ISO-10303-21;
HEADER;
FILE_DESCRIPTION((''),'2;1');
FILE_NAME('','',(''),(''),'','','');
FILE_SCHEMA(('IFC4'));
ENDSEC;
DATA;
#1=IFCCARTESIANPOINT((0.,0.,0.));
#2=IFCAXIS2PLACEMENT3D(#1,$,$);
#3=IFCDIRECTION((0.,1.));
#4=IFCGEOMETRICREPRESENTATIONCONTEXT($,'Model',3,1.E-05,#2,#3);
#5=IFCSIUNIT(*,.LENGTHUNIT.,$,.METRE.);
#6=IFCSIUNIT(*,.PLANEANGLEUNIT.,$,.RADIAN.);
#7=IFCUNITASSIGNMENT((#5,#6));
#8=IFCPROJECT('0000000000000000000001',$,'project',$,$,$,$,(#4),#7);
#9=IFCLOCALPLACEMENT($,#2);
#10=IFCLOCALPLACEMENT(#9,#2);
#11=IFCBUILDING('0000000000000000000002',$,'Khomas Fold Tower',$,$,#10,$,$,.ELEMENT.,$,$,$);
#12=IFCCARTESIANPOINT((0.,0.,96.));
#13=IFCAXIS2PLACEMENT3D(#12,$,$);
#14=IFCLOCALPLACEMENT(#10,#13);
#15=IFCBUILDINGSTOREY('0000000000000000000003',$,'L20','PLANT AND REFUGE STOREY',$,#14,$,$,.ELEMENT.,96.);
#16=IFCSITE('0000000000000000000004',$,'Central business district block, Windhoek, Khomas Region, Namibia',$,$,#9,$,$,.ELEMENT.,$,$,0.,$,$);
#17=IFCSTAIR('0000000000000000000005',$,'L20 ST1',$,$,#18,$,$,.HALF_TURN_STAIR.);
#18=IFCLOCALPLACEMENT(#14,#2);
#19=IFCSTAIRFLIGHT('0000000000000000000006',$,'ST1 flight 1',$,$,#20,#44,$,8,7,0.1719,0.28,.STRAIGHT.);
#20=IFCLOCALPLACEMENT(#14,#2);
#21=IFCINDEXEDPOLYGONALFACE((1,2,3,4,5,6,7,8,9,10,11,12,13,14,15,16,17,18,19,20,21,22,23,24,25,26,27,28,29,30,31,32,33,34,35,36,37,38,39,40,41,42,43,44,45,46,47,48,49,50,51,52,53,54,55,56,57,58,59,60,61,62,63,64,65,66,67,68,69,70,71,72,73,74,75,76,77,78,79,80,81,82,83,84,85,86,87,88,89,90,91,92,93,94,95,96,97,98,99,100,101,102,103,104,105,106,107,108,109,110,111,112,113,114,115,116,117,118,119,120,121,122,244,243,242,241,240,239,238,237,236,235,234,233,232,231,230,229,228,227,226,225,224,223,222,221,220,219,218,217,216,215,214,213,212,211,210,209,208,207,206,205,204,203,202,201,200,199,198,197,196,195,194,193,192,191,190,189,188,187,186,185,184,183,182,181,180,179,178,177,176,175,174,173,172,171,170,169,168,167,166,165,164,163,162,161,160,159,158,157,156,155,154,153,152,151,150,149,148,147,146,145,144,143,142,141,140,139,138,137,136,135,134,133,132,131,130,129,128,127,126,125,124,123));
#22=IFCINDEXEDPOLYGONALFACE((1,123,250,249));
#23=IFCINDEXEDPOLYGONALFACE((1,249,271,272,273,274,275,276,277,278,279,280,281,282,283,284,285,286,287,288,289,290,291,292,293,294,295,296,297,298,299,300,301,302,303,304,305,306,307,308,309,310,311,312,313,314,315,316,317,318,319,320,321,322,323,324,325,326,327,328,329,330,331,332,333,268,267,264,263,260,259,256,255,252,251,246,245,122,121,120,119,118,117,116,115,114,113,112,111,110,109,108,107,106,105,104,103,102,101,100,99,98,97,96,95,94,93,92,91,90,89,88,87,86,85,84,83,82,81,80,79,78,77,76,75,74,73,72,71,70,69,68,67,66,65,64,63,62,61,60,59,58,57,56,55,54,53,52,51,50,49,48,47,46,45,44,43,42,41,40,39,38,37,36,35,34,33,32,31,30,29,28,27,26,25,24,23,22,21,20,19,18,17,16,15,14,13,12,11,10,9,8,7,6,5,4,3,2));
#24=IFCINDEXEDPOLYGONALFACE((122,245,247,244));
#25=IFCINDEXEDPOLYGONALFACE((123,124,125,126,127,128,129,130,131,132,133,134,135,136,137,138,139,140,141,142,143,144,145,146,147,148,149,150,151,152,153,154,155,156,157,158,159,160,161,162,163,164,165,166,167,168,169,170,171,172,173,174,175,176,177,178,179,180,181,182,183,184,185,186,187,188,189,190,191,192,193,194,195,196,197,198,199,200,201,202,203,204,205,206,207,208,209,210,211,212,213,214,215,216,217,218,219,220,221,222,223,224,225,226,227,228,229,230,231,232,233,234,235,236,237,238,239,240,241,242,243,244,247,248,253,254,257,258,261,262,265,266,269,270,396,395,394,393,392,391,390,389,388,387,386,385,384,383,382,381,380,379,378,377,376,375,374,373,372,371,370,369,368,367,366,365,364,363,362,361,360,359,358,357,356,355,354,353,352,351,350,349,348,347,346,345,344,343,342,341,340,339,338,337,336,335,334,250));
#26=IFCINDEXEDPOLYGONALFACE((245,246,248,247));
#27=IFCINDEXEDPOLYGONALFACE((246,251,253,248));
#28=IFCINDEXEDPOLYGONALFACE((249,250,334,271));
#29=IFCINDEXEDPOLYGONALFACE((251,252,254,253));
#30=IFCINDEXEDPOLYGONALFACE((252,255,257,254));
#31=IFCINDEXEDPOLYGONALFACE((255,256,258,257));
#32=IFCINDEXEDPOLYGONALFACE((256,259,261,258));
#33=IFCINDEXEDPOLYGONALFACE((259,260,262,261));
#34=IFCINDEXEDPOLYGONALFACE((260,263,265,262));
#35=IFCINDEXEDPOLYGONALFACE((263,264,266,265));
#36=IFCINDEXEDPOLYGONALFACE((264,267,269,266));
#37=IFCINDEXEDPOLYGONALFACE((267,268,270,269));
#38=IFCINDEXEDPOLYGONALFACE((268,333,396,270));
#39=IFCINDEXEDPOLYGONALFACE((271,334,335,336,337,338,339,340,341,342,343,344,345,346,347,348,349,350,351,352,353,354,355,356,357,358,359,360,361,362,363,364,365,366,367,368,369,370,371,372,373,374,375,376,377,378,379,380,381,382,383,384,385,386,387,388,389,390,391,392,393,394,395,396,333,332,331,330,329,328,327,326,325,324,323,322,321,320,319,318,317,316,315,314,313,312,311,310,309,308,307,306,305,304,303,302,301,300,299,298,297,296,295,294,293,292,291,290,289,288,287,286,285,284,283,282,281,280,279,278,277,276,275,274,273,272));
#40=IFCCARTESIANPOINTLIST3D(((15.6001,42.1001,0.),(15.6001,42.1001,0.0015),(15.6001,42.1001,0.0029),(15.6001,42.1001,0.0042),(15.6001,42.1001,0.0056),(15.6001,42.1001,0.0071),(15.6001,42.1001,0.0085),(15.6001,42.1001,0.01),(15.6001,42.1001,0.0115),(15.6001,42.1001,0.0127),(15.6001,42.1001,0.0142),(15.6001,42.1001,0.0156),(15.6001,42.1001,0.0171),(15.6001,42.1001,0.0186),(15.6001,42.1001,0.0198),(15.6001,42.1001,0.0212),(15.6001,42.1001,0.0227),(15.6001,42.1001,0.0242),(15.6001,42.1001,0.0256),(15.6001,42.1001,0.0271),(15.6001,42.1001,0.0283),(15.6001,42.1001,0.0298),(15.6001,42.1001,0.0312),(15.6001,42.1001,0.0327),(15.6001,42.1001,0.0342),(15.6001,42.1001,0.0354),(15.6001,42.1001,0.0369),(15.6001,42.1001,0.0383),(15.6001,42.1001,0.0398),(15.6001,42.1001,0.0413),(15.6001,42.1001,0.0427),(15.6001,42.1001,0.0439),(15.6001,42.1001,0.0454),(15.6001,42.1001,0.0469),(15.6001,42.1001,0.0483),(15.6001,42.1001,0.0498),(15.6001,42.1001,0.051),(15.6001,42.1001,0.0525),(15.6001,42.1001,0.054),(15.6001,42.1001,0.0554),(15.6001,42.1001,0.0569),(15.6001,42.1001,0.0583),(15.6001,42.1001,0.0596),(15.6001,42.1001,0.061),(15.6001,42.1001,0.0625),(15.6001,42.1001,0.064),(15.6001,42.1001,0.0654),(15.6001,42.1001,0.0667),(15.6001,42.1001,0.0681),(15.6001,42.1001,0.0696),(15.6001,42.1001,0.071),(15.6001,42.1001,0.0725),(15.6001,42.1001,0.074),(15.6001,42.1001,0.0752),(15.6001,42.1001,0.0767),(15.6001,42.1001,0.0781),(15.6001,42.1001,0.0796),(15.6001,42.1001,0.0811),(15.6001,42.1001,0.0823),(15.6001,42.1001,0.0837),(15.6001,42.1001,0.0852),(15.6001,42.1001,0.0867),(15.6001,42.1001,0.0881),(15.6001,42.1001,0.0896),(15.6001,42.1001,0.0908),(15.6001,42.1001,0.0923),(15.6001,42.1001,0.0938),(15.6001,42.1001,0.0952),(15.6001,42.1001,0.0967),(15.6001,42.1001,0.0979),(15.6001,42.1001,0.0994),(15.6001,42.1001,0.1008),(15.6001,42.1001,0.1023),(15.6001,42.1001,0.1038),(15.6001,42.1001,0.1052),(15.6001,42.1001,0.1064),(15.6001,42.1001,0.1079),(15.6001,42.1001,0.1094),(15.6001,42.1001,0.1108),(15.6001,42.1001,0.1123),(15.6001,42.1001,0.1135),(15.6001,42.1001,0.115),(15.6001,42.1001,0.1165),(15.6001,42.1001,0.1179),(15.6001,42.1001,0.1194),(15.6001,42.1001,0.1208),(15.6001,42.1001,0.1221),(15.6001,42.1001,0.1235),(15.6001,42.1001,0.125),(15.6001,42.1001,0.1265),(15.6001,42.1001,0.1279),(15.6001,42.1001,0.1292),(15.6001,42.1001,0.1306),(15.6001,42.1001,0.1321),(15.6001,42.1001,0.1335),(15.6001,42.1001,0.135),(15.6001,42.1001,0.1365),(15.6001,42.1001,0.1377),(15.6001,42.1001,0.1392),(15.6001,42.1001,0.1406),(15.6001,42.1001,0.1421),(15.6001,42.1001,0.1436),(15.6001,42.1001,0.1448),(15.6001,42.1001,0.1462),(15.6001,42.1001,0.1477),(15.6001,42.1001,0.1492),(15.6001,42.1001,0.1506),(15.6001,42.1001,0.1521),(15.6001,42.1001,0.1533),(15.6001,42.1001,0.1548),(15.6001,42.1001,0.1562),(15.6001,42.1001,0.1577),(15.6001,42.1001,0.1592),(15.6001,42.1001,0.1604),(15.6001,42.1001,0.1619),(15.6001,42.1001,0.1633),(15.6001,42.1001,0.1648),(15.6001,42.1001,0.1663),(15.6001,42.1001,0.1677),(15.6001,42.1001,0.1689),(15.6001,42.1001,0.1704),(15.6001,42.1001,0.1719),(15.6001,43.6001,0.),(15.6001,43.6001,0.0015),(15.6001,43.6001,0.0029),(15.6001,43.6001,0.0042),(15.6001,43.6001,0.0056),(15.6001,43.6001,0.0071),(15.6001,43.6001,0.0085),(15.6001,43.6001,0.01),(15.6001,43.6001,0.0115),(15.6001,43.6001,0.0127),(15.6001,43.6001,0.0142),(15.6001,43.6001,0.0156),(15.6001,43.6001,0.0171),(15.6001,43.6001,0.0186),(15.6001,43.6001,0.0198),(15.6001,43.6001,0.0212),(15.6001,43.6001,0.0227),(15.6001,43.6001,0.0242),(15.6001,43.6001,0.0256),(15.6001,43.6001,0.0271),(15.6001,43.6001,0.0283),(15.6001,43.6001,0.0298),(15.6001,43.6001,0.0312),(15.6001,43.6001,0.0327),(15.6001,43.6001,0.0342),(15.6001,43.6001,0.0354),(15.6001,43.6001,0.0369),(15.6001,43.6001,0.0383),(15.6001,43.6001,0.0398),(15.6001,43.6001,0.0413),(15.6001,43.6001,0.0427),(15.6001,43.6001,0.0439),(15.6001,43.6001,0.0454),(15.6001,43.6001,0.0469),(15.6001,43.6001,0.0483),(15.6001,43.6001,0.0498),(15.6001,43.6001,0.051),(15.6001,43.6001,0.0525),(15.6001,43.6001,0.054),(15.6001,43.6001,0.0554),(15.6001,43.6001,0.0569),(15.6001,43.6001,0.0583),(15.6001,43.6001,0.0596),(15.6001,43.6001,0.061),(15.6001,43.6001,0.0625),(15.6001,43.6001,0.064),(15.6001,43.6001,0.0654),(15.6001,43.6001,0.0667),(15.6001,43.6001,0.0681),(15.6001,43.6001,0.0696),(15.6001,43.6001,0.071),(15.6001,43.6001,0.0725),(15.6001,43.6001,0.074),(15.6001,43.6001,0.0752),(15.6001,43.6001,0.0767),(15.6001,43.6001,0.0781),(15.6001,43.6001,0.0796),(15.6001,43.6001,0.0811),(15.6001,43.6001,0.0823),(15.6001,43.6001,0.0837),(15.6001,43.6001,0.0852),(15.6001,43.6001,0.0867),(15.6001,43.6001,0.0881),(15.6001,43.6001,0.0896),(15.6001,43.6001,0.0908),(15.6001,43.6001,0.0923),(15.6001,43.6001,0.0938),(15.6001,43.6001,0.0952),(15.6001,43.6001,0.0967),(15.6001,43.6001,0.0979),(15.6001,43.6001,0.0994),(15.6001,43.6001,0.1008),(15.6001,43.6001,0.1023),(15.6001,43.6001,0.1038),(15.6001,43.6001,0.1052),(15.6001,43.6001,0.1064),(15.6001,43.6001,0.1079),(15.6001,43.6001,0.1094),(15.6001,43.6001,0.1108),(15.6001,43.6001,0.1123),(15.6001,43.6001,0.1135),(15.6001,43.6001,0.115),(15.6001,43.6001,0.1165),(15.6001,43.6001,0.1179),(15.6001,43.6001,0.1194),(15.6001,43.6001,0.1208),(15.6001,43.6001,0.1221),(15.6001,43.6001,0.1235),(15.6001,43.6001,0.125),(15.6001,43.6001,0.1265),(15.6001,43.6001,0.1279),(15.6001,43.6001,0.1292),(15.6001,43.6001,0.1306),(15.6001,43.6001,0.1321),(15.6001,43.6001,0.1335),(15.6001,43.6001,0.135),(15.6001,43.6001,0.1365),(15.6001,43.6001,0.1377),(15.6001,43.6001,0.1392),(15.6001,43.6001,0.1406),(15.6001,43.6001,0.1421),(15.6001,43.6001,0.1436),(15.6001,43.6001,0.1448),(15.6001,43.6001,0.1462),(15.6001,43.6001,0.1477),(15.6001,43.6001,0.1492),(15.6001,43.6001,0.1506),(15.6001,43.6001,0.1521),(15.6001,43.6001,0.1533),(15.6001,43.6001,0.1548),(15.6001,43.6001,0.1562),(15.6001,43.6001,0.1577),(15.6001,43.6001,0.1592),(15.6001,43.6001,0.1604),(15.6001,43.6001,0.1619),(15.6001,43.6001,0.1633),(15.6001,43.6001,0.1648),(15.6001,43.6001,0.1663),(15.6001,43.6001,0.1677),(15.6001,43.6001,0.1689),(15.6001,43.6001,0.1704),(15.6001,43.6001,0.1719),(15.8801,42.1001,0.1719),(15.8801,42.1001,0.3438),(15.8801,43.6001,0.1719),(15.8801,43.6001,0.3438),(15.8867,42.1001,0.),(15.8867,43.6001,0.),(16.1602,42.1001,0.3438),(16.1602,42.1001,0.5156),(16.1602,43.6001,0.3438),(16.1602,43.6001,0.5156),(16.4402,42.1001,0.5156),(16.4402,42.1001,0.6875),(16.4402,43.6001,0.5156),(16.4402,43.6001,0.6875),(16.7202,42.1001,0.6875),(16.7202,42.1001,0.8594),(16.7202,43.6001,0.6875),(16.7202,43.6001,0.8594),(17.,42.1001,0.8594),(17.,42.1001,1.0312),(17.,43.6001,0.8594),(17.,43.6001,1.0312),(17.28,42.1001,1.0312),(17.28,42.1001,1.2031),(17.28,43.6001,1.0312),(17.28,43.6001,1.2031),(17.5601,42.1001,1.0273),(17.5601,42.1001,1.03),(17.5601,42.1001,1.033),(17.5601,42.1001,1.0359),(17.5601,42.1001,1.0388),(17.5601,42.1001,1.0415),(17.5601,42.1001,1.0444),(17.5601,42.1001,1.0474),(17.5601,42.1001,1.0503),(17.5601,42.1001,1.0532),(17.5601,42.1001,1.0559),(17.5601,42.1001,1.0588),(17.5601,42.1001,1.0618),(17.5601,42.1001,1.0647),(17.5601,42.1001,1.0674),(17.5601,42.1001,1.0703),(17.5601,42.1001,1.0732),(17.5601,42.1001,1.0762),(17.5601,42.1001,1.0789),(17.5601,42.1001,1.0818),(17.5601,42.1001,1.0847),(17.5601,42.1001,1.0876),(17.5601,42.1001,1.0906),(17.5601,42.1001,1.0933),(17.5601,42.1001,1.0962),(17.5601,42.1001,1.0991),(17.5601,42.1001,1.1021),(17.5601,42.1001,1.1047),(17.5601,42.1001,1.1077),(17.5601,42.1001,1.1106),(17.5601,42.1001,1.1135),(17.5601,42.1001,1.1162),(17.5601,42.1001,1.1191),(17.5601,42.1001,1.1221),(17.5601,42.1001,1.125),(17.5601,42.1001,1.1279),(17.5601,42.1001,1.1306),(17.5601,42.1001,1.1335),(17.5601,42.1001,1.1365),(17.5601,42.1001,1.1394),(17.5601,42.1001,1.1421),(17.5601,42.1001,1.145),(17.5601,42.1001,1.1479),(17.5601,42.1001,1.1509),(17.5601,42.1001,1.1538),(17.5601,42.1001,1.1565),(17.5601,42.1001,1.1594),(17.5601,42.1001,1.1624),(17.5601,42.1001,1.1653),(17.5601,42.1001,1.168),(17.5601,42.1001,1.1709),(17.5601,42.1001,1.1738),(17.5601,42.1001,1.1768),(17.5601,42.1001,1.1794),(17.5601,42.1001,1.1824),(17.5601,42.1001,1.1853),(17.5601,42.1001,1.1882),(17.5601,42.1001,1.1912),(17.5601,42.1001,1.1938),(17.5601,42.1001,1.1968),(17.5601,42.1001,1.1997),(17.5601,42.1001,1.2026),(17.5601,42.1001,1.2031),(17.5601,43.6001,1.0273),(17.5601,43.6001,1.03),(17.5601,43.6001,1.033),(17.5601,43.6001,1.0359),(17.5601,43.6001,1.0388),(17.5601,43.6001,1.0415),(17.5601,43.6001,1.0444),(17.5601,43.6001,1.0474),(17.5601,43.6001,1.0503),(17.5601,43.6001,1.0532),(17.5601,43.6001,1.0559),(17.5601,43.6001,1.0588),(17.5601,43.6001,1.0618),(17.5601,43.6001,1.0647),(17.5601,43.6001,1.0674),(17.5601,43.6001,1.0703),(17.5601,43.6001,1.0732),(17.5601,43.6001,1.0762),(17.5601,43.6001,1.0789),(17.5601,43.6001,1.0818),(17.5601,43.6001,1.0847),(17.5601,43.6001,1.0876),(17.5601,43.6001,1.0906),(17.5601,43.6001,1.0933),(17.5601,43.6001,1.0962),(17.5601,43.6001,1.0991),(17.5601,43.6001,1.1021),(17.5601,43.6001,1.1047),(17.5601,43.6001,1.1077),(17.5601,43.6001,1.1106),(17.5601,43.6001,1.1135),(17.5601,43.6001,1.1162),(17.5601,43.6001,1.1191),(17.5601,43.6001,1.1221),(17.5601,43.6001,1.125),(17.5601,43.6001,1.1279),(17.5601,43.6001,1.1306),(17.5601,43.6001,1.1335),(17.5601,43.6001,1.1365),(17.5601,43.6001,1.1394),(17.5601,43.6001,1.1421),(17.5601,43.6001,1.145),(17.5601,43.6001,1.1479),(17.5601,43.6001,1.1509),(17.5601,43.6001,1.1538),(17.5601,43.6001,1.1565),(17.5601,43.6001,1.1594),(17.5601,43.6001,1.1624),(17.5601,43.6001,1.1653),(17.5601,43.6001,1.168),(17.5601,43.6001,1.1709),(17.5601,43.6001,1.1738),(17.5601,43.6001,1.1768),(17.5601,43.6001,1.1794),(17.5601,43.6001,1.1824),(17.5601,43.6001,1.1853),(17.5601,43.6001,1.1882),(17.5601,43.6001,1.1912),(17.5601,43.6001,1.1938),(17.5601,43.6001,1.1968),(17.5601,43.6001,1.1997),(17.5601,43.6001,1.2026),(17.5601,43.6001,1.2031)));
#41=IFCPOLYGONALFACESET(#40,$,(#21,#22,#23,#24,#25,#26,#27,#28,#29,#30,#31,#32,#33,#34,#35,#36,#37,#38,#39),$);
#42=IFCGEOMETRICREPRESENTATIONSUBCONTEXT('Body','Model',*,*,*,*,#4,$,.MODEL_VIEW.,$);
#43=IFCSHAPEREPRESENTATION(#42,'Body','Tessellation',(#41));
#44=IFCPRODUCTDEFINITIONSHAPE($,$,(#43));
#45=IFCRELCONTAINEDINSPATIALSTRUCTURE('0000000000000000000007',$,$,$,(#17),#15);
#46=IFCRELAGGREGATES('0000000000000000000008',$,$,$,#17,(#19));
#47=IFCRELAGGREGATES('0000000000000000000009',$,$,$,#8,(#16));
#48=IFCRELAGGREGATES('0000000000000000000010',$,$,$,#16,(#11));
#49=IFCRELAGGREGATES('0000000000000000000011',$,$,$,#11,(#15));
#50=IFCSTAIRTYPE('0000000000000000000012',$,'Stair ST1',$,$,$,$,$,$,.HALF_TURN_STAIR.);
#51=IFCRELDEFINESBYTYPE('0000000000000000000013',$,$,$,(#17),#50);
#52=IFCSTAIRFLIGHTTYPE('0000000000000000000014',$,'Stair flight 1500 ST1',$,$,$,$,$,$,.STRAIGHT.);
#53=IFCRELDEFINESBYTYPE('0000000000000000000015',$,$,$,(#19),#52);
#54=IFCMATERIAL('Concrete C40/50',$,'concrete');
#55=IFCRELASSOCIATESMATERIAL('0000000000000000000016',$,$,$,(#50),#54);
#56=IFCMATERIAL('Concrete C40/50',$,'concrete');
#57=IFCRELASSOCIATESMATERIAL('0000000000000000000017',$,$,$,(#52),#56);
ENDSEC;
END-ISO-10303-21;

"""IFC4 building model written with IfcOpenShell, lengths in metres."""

from ifc_helpers import new_model, si_unit, direction, frame, origin, place, context, subcontext, project, spatial, polyline, outline, extrude, source, transform, mapped, material, type_object, element, aggregate, save


model = new_model("IFC4")

# Units and contexts
model_context = context("Model", 3, precision=1e-05, world=origin(), true_north=direction((0.0, 1.0)))
body_context = subcontext(model_context, "Body", "Model", "MODEL_VIEW")
ifc_project = project(units=[si_unit("LENGTHUNIT", "METRE"), si_unit("PLANEANGLEUNIT", "RADIAN")], contexts=[model_context])

# Site, building, storey
site_placement = place(None, origin())
site = spatial("IfcSite", under=ifc_project, at=site_placement, Name="Central business district block, Windhoek, Khomas Region, Namibia", CompositionType="ELEMENT", RefElevation=0.0)
building_placement = place(site_placement, origin())
building = spatial("IfcBuilding", under=site, at=building_placement, Name="Khomas Fold Tower", CompositionType="ELEMENT")
storey_placement = place(building_placement, frame((0.0, 0.0, 96.0)))
storey = spatial("IfcBuildingStorey", under=building, at=storey_placement, Name="L20", Description="PLANT AND REFUGE STOREY", CompositionType="ELEMENT", Elevation=96.0)

# Stair, stair flight
ifc_material_1 = material(Name="Concrete C40/50", Category="concrete")
stair_type_1 = type_object("IfcStairType", Name="Stair ST1", PredefinedType="HALF_TURN_STAIR", material=ifc_material_1)
stair_1_placement = place(storey_placement, origin())
stair_1 = element("IfcStair", 1, at=stair_1_placement, inside=storey, type_object=stair_type_1, Name="L20 ST1", PredefinedType="HALF_TURN_STAIR")
ifc_material_2 = material(Name="Concrete C40/50", Category="concrete")
stair_flight_type_1 = type_object("IfcStairFlightType", Name="Stair flight 1500 ST1", PredefinedType="STRAIGHT", material=ifc_material_2)
shared_shape_1 = source(origin(), body_context, "Body", "SweptSolid", [
    extrude(outline(polyline([(0.0, 0.0), (0.0, 0.0015), (0.0, 0.0029), (0.0, 0.0042), (0.0, 0.0056), (0.0, 0.0071), (0.0, 0.0085), (0.0, 0.01), (0.0, 0.0115), (0.0, 0.0127), (0.0, 0.0142), (0.0, 0.0156), (0.0, 0.0171), (0.0, 0.0186), (0.0, 0.0198), (0.0, 0.0212), (0.0, 0.0227), (0.0, 0.0242), (0.0, 0.0256), (0.0, 0.0271), (0.0, 0.0283), (0.0, 0.0298), (0.0, 0.0312), (0.0, 0.0327), (0.0, 0.0342), (0.0, 0.0354), (0.0, 0.0369), (0.0, 0.0383), (0.0, 0.0398), (0.0, 0.0413), (0.0, 0.0427), (0.0, 0.0439), (0.0, 0.0454), (0.0, 0.0469), (0.0, 0.0483), (0.0, 0.0498), (0.0, 0.051), (0.0, 0.0525), (0.0, 0.054), (0.0, 0.0554), (0.0, 0.0569), (0.0, 0.0583), (0.0, 0.0596), (0.0, 0.061), (0.0, 0.0625), (0.0, 0.064), (0.0, 0.0654), (0.0, 0.0667), (0.0, 0.0681), (0.0, 0.0696), (0.0, 0.071), (0.0, 0.0725), (0.0, 0.074), (0.0, 0.0752), (0.0, 0.0767), (0.0, 0.0781), (0.0, 0.0796), (0.0, 0.0811), (0.0, 0.0823), (0.0, 0.0837), (0.0, 0.0852), (0.0, 0.0867), (0.0, 0.0881), (0.0, 0.0896), (0.0, 0.0908), (0.0, 0.0923), (0.0, 0.0938), (0.0, 0.0952), (0.0, 0.0967), (0.0, 0.0979), (0.0, 0.0994), (0.0, 0.1008), (0.0, 0.1023), (0.0, 0.1038), (0.0, 0.1052), (0.0, 0.1064), (0.0, 0.1079), (0.0, 0.1094), (0.0, 0.1108), (0.0, 0.1123), (0.0, 0.1135), (0.0, 0.115), (0.0, 0.1165), (0.0, 0.1179), (0.0, 0.1194), (0.0, 0.1208), (0.0, 0.1221), (0.0, 0.1235), (0.0, 0.125), (0.0, 0.1265), (0.0, 0.1279), (0.0, 0.1292), (0.0, 0.1306), (0.0, 0.1321), (0.0, 0.1335), (0.0, 0.135), (0.0, 0.1365), (0.0, 0.1377), (0.0, 0.1392), (0.0, 0.1406), (0.0, 0.1421), (0.0, 0.1436), (0.0, 0.1448), (0.0, 0.1462), (0.0, 0.1477), (0.0, 0.1492), (0.0, 0.1506), (0.0, 0.1521), (0.0, 0.1533), (0.0, 0.1548), (0.0, 0.1562), (0.0, 0.1577), (0.0, 0.1592), (0.0, 0.1604), (0.0, 0.1619), (0.0, 0.1633), (0.0, 0.1648), (0.0, 0.1663), (0.0, 0.1677), (0.0, 0.1689), (0.0, 0.1704), (0.0, 0.1719), (0.28, 0.1719), (0.28, 0.3438), (0.5601, 0.3438), (0.5601, 0.5156), (0.8401, 0.5156), (0.8401, 0.6875), (1.1201, 0.6875), (1.1201, 0.8594), (1.3999, 0.8594), (1.3999, 1.0312), (1.6799, 1.0312), (1.6799, 1.2031), (1.96, 1.2031), (1.96, 1.375), (1.96, 1.3721), (1.96, 1.3691), (1.96, 1.3665), (1.96, 1.3635), (1.96, 1.3606), (1.96, 1.3577), (1.96, 1.355), (1.96, 1.3521), (1.96, 1.3491), (1.96, 1.3462), (1.96, 1.3435), (1.96, 1.3406), (1.96, 1.3376), (1.96, 1.3347), (1.96, 1.3318), (1.96, 1.3291), (1.96, 1.3262), (1.96, 1.3232), (1.96, 1.3203), (1.96, 1.3176), (1.96, 1.3147), (1.96, 1.3118), (1.96, 1.3088), (1.96, 1.3059), (1.96, 1.3032), (1.96, 1.3003), (1.96, 1.2974), (1.96, 1.2944), (1.96, 1.2917), (1.96, 1.2888), (1.96, 1.2859), (1.96, 1.283), (1.96, 1.2803), (1.96, 1.2773), (1.96, 1.2744), (1.96, 1.2715), (1.96, 1.2686), (1.96, 1.2659), (1.96, 1.2629), (1.96, 1.26), (1.96, 1.2571), (1.96, 1.2544), (1.96, 1.2515), (1.96, 1.2485), (1.96, 1.2456), (1.96, 1.2427), (1.96, 1.24), (1.96, 1.2371), (1.96, 1.2341), (1.96, 1.2312), (1.96, 1.2285), (1.96, 1.2256), (1.96, 1.2227), (1.96, 1.2197), (1.96, 1.217), (1.96, 1.2141), (1.96, 1.2112), (1.96, 1.2083), (1.96, 1.2053), (1.96, 1.2026), (1.96, 1.1997), (1.96, 1.1968), (1.96, 1.1938), (1.96, 1.1912), (1.96, 1.1882), (1.96, 1.1853), (1.96, 1.1824), (1.96, 1.1794), (1.96, 1.1768), (1.96, 1.1738), (1.96, 1.1709), (1.96, 1.168), (1.96, 1.1653), (1.96, 1.1624), (1.96, 1.1594), (1.96, 1.1565), (1.96, 1.1538), (1.96, 1.1509), (1.96, 1.1479), (1.96, 1.145), (1.96, 1.1421), (1.96, 1.1394), (1.96, 1.1365), (1.96, 1.1335), (1.96, 1.1306), (1.96, 1.1279), (1.96, 1.125), (1.96, 1.1221), (1.96, 1.1191), (1.96, 1.1162), (1.96, 1.1135), (1.96, 1.1106), (1.96, 1.1077), (1.96, 1.1047), (1.96, 1.1021), (1.96, 1.0991), (1.96, 1.0962), (1.96, 1.0933), (1.96, 1.0906), (1.96, 1.0876), (1.96, 1.0847), (1.96, 1.0818), (1.96, 1.0789), (1.96, 1.0762), (1.96, 1.0732), (1.96, 1.0703), (1.96, 1.0674), (1.96, 1.0647), (1.96, 1.0618), (1.96, 1.0588), (1.96, 1.0559), (1.96, 1.0532), (1.96, 1.0503), (1.96, 1.0474), (1.96, 1.0444), (1.96, 1.0415), (1.96, 1.0388), (1.96, 1.0359), (1.96, 1.033), (1.96, 1.03), (1.96, 1.0273), (0.2866, 0.0), (0.0, 0.0)])), frame((0.0, 0.75, 0.0), z_axis=(0.0, -1.0, 0.0), x_axis=(1.0, 0.0, 0.0)), (0.0, 0.0, 1.0), 1.5),
])
stair_flight_1_placement = place(storey_placement, frame((15.6001, 42.8501, 0.0), z_axis=(0.0, 0.0, 1.0), x_axis=(1.0, 0.0, 0.0)))
stair_flight_1 = element("IfcStairFlight", 2, at=stair_flight_1_placement, type_object=stair_flight_type_1, Name="ST1 flight 1", NumberOfRisers=8, NumberOfTreads=7, PredefinedType="STRAIGHT", RiserHeight=0.1719, TreadLength=0.28, context=body_context, shape_type="MappedRepresentation", body=[
    mapped(shared_shape_1, transform((0.0, 0.0, 0.0))),
])
aggregate(stair_1, [stair_flight_1])

save(model, "model.ifc")
